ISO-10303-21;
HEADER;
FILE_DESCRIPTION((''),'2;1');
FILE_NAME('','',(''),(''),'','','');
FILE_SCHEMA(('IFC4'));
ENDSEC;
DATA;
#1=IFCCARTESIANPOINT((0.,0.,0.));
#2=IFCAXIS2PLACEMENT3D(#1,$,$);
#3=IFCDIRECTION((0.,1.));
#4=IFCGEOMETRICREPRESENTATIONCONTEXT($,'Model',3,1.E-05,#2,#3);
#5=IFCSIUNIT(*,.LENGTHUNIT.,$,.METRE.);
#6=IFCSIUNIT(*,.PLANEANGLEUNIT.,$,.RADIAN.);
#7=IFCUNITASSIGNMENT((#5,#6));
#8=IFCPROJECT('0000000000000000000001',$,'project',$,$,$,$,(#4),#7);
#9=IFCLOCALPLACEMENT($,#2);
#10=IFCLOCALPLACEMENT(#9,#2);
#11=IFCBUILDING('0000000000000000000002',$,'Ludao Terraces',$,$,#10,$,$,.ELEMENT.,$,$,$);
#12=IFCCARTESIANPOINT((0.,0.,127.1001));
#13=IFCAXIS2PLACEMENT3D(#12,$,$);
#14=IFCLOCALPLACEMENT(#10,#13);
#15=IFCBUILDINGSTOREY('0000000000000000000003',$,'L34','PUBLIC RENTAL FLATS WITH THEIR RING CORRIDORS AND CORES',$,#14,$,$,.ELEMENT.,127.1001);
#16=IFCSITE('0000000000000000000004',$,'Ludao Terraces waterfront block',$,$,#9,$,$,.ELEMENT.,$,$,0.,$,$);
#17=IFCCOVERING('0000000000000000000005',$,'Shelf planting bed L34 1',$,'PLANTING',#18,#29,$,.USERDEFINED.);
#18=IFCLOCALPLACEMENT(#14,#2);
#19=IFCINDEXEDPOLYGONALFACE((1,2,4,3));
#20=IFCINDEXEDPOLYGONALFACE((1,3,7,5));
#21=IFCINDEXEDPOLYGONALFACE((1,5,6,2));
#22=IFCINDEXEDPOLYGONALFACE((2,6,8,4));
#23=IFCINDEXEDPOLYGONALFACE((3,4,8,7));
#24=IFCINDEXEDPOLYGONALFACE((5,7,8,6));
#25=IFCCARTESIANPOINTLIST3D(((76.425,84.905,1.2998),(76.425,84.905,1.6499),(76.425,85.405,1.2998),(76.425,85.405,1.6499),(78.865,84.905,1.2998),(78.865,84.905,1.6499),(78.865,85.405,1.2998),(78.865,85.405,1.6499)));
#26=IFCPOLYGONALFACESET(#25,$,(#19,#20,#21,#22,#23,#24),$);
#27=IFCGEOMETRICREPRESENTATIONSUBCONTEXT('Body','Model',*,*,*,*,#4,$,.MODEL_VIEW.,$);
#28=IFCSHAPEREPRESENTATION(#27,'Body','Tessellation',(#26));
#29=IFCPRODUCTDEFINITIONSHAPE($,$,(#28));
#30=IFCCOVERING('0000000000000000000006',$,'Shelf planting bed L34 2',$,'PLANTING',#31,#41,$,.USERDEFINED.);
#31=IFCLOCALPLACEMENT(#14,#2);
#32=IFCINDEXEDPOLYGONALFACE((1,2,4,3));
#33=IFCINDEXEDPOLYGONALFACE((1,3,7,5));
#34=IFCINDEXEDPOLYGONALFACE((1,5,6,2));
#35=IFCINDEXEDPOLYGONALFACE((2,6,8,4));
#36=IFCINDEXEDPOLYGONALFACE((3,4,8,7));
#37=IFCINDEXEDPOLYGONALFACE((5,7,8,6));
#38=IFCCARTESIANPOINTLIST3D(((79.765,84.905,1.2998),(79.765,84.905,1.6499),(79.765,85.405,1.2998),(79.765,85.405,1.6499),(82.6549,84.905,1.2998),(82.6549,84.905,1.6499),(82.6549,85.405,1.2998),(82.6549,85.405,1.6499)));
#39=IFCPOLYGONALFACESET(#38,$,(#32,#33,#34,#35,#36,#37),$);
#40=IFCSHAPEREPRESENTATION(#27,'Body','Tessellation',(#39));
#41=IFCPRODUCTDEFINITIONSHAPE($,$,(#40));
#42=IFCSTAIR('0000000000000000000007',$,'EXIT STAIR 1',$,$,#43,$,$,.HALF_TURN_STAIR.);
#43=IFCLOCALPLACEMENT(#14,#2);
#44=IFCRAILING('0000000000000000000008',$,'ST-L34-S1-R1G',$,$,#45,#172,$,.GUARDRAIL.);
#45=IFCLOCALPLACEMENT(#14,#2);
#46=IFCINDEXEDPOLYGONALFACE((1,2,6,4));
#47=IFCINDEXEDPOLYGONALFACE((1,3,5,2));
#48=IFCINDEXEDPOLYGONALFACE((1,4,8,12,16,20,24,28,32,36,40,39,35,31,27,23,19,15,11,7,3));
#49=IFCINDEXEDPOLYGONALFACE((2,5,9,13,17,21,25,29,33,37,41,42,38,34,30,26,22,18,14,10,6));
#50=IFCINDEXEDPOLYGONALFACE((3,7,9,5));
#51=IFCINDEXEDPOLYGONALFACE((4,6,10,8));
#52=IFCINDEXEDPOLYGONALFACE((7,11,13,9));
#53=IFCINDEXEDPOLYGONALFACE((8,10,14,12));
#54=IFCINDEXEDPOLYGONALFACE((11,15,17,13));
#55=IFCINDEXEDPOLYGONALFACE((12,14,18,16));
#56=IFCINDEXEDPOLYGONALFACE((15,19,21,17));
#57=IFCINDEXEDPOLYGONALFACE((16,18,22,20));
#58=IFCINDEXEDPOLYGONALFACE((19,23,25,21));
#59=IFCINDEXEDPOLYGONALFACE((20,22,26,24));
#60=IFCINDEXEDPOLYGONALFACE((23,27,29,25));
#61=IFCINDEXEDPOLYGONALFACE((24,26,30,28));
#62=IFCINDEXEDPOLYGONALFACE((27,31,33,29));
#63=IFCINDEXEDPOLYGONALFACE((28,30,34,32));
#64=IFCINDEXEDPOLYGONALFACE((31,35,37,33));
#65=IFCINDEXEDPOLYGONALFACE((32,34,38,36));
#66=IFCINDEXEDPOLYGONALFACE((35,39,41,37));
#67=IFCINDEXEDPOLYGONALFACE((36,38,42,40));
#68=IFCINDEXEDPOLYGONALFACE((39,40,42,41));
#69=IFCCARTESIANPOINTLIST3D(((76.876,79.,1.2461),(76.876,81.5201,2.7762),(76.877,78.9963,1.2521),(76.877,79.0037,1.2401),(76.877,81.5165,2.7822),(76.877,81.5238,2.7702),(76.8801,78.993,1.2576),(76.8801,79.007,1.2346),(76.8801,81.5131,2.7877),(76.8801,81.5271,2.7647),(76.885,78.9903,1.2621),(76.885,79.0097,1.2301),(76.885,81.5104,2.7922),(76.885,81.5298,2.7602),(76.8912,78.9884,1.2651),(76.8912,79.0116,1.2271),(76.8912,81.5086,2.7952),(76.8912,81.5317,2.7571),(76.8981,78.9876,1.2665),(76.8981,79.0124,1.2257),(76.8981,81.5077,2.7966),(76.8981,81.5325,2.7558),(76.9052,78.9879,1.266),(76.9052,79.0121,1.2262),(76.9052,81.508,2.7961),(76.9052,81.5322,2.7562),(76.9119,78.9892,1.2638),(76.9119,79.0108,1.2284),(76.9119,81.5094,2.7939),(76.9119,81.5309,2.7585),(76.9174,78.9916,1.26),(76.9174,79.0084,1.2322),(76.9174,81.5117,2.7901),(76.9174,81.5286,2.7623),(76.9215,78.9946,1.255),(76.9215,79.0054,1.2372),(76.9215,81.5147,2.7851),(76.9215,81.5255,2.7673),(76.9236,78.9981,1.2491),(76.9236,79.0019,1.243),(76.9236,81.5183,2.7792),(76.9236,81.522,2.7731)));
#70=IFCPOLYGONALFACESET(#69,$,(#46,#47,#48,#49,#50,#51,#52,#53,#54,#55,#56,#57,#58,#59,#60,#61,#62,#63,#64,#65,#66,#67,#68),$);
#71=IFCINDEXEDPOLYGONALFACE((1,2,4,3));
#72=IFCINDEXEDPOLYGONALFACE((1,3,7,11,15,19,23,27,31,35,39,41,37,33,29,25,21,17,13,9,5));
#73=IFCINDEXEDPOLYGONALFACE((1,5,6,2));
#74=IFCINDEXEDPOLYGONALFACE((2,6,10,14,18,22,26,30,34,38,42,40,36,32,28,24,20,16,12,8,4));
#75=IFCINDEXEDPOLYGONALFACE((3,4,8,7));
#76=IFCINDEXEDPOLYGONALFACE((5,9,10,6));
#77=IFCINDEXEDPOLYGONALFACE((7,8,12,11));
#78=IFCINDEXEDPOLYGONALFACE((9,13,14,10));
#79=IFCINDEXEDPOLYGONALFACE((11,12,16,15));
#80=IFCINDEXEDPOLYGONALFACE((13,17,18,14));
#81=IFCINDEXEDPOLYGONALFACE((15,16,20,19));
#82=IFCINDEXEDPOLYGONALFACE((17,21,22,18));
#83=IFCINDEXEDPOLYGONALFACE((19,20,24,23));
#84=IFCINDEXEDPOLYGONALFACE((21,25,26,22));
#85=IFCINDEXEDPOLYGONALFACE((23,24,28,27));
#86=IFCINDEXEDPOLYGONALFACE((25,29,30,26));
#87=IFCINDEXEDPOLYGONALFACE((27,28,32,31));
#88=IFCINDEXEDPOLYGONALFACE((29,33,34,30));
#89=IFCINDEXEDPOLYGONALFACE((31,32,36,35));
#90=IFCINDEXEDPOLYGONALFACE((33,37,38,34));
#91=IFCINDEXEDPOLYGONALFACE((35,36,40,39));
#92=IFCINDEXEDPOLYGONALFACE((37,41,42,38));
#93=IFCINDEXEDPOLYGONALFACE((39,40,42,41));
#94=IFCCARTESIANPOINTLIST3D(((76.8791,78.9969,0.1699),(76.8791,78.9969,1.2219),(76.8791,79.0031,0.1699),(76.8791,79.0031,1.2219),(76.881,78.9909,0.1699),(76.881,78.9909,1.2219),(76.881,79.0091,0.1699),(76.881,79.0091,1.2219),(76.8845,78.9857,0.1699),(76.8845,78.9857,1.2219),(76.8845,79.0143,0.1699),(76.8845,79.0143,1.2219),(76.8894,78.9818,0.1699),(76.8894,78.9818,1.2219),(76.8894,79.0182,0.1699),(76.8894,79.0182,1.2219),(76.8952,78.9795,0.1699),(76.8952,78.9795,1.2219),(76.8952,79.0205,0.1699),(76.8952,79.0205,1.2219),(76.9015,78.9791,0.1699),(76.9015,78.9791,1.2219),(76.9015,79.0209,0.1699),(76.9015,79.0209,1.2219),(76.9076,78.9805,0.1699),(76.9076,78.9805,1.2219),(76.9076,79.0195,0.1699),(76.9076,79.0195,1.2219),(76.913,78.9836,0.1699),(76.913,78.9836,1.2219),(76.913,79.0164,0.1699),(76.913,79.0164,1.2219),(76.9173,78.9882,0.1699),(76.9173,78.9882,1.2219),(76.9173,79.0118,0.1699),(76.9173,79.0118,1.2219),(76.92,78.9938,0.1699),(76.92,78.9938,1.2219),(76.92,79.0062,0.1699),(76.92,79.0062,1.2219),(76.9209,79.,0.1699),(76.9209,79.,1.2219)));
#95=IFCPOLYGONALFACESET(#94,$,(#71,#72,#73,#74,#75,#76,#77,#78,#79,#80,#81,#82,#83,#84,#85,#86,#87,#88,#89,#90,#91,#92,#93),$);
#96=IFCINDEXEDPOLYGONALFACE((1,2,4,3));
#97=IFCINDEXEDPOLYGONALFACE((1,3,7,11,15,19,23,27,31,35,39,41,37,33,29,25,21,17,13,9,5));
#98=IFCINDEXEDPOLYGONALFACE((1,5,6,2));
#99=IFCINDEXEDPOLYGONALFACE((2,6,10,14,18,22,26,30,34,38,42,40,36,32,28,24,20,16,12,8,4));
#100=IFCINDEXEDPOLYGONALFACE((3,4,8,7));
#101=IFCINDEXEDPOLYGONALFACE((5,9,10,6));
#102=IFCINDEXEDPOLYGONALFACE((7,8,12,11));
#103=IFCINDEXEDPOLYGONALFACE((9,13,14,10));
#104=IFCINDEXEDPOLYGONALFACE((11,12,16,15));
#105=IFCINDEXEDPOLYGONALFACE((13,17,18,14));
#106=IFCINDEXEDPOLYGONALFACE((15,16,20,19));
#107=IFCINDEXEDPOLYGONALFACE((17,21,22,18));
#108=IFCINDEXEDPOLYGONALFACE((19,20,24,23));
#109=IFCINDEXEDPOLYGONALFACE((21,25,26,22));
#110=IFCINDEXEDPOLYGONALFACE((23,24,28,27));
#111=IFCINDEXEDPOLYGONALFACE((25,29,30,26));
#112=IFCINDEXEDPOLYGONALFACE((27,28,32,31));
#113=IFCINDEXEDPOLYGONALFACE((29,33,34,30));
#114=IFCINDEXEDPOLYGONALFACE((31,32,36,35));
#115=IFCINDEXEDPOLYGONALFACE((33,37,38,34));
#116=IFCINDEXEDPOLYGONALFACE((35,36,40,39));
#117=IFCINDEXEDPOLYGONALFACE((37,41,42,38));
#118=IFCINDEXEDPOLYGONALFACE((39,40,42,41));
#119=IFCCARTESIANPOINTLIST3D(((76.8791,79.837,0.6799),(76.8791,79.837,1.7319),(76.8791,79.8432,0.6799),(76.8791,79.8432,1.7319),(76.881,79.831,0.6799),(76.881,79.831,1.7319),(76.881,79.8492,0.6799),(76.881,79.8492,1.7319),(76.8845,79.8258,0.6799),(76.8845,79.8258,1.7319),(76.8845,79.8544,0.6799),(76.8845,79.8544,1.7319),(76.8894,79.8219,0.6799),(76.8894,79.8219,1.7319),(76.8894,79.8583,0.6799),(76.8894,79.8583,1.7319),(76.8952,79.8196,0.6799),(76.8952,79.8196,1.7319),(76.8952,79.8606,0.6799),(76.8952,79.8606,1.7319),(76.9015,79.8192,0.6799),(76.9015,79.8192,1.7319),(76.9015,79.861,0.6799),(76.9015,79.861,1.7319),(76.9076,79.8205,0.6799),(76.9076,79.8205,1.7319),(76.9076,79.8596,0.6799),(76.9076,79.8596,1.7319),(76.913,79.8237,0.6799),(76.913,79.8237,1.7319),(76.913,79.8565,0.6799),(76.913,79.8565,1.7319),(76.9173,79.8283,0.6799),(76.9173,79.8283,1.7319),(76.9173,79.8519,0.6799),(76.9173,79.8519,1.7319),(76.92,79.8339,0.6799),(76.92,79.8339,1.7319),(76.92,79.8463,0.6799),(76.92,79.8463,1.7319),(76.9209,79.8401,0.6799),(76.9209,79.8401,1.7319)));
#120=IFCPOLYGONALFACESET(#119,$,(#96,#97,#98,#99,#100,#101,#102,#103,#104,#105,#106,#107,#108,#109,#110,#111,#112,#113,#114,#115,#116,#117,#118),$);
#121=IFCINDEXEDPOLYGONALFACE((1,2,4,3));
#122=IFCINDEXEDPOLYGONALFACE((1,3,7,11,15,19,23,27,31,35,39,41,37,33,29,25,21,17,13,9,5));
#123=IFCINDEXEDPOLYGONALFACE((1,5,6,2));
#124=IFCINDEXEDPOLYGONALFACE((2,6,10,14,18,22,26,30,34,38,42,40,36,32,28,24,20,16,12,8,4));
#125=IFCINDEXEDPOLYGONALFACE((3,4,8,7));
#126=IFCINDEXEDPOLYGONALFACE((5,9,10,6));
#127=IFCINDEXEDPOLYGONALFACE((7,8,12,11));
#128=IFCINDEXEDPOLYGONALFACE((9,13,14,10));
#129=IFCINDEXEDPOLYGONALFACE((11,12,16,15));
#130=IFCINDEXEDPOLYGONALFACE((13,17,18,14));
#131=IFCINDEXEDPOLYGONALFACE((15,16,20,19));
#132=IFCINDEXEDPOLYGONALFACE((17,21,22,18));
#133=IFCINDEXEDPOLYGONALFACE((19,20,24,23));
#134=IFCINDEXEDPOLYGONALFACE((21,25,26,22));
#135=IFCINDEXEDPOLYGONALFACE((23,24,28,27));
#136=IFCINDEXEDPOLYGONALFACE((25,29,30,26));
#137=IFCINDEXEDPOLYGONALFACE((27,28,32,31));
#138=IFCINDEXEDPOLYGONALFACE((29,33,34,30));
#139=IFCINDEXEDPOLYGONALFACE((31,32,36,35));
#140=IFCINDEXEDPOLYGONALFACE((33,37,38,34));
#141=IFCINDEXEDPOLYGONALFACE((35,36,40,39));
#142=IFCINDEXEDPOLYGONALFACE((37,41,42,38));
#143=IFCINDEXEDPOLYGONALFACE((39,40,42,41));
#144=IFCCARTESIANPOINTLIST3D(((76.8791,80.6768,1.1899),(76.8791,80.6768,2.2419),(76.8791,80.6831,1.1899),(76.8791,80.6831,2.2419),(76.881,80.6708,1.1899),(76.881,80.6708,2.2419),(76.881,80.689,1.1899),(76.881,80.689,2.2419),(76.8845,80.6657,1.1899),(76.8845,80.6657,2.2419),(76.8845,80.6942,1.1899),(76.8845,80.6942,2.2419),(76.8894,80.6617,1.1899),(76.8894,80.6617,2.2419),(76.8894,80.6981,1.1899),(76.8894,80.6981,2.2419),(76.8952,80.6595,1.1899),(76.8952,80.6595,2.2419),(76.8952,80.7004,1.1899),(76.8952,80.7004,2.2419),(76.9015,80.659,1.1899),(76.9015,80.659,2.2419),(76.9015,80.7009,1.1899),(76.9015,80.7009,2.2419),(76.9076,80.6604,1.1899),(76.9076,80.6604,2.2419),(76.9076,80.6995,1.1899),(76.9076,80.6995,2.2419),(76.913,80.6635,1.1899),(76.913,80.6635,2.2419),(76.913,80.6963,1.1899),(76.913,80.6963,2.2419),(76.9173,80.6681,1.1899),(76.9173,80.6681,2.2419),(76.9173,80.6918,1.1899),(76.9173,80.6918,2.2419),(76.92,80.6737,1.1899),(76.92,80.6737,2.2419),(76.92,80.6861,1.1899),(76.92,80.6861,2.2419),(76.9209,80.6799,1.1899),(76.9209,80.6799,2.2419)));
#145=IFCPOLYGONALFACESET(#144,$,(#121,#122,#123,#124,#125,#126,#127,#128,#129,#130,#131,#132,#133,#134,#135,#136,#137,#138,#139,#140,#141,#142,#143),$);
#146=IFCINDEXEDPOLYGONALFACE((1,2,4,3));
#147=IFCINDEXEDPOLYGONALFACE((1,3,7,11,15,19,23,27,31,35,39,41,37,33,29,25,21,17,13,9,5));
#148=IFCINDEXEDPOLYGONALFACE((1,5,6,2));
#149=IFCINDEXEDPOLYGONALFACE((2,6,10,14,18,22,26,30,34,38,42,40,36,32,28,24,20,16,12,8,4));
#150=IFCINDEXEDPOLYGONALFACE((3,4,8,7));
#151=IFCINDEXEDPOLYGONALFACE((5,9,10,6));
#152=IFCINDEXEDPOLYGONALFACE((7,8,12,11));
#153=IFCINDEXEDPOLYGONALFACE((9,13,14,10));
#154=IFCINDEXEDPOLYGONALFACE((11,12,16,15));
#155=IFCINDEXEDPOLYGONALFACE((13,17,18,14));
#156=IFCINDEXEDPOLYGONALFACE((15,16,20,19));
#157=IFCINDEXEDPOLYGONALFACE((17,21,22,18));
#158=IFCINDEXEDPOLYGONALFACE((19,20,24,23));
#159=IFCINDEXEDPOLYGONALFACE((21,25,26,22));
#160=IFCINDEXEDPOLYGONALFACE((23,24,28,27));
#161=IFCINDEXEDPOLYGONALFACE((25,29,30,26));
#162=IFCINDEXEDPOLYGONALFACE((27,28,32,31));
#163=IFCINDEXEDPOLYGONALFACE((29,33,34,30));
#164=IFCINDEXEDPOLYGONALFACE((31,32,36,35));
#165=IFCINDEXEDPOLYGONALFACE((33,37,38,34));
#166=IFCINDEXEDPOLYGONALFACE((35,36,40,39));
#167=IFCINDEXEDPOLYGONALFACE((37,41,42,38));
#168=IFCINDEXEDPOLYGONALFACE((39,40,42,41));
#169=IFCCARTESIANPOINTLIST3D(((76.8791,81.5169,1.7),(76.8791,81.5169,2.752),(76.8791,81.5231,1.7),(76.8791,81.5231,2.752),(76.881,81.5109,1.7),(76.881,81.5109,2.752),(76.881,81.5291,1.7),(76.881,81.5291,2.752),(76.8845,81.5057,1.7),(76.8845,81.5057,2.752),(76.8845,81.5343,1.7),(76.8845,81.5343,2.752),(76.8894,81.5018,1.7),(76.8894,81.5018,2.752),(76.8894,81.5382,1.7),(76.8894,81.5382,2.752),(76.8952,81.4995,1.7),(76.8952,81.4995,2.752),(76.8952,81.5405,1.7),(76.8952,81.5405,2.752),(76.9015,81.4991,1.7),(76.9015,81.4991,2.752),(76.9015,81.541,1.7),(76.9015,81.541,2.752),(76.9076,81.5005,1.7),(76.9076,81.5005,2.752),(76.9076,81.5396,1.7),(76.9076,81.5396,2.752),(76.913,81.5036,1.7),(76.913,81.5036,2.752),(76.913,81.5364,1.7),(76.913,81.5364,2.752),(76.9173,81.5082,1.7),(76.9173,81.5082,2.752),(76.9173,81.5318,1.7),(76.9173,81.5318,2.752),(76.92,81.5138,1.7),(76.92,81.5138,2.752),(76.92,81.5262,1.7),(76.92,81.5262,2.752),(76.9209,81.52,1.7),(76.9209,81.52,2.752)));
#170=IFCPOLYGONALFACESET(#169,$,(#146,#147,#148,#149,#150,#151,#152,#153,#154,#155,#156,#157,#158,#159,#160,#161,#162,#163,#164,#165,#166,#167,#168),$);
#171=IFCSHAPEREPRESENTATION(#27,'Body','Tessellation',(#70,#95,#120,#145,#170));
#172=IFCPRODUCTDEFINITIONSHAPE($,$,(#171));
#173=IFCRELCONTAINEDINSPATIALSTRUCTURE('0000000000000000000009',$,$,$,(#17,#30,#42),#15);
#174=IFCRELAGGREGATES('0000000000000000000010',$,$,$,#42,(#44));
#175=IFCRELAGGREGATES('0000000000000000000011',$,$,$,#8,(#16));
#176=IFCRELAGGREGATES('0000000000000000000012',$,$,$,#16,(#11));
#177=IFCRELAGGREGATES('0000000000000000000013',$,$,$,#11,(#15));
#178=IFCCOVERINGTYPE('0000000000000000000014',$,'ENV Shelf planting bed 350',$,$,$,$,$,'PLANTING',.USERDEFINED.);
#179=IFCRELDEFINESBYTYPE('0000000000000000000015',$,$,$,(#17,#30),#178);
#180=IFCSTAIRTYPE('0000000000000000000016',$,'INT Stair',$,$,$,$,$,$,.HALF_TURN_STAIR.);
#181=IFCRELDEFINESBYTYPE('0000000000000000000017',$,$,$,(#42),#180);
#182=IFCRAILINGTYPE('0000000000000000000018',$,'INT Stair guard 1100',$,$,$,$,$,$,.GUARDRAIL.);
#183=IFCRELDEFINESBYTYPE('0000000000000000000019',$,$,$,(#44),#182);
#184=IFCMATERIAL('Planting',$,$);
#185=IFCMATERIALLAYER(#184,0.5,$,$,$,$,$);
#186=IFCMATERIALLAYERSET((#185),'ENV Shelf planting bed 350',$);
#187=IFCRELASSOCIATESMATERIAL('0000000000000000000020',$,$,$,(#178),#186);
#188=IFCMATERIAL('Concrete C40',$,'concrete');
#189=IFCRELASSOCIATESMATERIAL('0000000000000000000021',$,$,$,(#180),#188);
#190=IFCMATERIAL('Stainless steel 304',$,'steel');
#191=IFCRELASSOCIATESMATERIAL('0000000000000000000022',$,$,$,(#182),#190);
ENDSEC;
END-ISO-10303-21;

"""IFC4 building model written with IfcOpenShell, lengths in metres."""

from ifc_helpers import new_model, si_unit, direction, frame, origin, origin_2d, place, context, subcontext, project, spatial, rectangle, circle, extrude, material, layer, layer_set, type_object, element, aggregate, save


model = new_model("IFC4")

# Units and contexts
model_context = context("Model", 3, precision=1e-05, world=origin(), true_north=direction((0.0, 1.0)))
body_context = subcontext(model_context, "Body", "Model", "MODEL_VIEW")
ifc_project = project(units=[si_unit("LENGTHUNIT", "METRE"), si_unit("PLANEANGLEUNIT", "RADIAN")], contexts=[model_context])

# Site, building, storey
site_placement = place(None, origin())
site = spatial("IfcSite", under=ifc_project, at=site_placement, Name="Ludao Terraces waterfront block", CompositionType="ELEMENT", RefElevation=0.0)
building_placement = place(site_placement, origin())
building = spatial("IfcBuilding", under=site, at=building_placement, Name="Ludao Terraces", CompositionType="ELEMENT")
storey_placement = place(building_placement, frame((0.0, 0.0, 127.1001)))
storey = spatial("IfcBuildingStorey", under=building, at=storey_placement, Name="L34", Description="PUBLIC RENTAL FLATS WITH THEIR RING CORRIDORS AND CORES", CompositionType="ELEMENT", Elevation=127.1001)

# Shared definitions
ifc_material_1 = material(Name="Stainless steel 304", Category="steel")

# Coverings
ifc_material_2 = material(Name="Planting")
ifc_layer_1 = layer(ifc_material_2, 0.5)
ifc_layer_set_1 = layer_set([ifc_layer_1], Name="ENV Shelf planting bed 350")
covering_type_1 = type_object("IfcCoveringType", Name="ENV Shelf planting bed 350", ElementType="PLANTING", PredefinedType="USERDEFINED", material=ifc_layer_set_1)
covering_1_placement = place(storey_placement, frame((77.645, 85.155, 1.2998), z_axis=(0.0, 0.0, 1.0), x_axis=(1.0, 0.0, 0.0)))
element("IfcCovering", 1, at=covering_1_placement, inside=storey, type_object=covering_type_1, Name="Shelf planting bed L34 1", ObjectType="PLANTING", PredefinedType="USERDEFINED", context=body_context, shape_type="SweptSolid", body=[
    extrude(rectangle(XDim=2.4399, YDim=0.5, at=origin_2d()), origin(), (0.0, 0.0, 1.0), 0.3501),
])
covering_2_placement = place(storey_placement, frame((81.21, 85.155, 1.2998), z_axis=(0.0, 0.0, 1.0), x_axis=(1.0, 0.0, 0.0)))
element("IfcCovering", 2, at=covering_2_placement, inside=storey, type_object=covering_type_1, Name="Shelf planting bed L34 2", ObjectType="PLANTING", PredefinedType="USERDEFINED", context=body_context, shape_type="SweptSolid", body=[
    extrude(rectangle(XDim=2.8899, YDim=0.5, at=origin_2d()), origin(), (0.0, 0.0, 1.0), 0.3501),
])

# Stair, railing
ifc_material_3 = material(Name="Concrete C40", Category="concrete")
stair_type = type_object("IfcStairType", Name="INT Stair", PredefinedType="HALF_TURN_STAIR", material=ifc_material_3)
stair_placement = place(storey_placement, origin())
stair = element("IfcStair", 3, at=stair_placement, inside=storey, type_object=stair_type, Name="EXIT STAIR 1", PredefinedType="HALF_TURN_STAIR")
railing_type_1 = type_object("IfcRailingType", Name="INT Stair guard 1100", PredefinedType="GUARDRAIL", material=ifc_material_1)
railing_1_placement = place(storey_placement, frame((76.8999, 79.0, 0.1699)))
railing_1 = element("IfcRailing", 4, at=railing_1_placement, type_object=railing_type_1, Name="ST-L34-S1-R1G", PredefinedType="GUARDRAIL", context=body_context, shape_type="SweptSolid", body=[
    extrude(circle(Radius=0.0239, at=origin_2d()), frame((0.0, 0.0, 1.0762), z_axis=(0.0, 0.854785, 0.518982), x_axis=(-1.0, 0.0, 0.0)), (0.0, 0.0, 1.0), 2.9482),
    extrude(circle(Radius=0.021, at=origin_2d()), origin(), (0.0, 0.0, 1.0), 1.052),
    extrude(circle(Radius=0.021, at=origin_2d()), frame((0.0, 0.8401, 0.51)), (0.0, 0.0, 1.0), 1.052),
    extrude(circle(Radius=0.021, at=origin_2d()), frame((0.0, 1.6799, 1.02)), (0.0, 0.0, 1.0), 1.052),
    extrude(circle(Radius=0.021, at=origin_2d()), frame((0.0, 2.52, 1.53)), (0.0, 0.0, 1.0), 1.052),
])
aggregate(stair, [railing_1])

save(model, "model.ifc")
